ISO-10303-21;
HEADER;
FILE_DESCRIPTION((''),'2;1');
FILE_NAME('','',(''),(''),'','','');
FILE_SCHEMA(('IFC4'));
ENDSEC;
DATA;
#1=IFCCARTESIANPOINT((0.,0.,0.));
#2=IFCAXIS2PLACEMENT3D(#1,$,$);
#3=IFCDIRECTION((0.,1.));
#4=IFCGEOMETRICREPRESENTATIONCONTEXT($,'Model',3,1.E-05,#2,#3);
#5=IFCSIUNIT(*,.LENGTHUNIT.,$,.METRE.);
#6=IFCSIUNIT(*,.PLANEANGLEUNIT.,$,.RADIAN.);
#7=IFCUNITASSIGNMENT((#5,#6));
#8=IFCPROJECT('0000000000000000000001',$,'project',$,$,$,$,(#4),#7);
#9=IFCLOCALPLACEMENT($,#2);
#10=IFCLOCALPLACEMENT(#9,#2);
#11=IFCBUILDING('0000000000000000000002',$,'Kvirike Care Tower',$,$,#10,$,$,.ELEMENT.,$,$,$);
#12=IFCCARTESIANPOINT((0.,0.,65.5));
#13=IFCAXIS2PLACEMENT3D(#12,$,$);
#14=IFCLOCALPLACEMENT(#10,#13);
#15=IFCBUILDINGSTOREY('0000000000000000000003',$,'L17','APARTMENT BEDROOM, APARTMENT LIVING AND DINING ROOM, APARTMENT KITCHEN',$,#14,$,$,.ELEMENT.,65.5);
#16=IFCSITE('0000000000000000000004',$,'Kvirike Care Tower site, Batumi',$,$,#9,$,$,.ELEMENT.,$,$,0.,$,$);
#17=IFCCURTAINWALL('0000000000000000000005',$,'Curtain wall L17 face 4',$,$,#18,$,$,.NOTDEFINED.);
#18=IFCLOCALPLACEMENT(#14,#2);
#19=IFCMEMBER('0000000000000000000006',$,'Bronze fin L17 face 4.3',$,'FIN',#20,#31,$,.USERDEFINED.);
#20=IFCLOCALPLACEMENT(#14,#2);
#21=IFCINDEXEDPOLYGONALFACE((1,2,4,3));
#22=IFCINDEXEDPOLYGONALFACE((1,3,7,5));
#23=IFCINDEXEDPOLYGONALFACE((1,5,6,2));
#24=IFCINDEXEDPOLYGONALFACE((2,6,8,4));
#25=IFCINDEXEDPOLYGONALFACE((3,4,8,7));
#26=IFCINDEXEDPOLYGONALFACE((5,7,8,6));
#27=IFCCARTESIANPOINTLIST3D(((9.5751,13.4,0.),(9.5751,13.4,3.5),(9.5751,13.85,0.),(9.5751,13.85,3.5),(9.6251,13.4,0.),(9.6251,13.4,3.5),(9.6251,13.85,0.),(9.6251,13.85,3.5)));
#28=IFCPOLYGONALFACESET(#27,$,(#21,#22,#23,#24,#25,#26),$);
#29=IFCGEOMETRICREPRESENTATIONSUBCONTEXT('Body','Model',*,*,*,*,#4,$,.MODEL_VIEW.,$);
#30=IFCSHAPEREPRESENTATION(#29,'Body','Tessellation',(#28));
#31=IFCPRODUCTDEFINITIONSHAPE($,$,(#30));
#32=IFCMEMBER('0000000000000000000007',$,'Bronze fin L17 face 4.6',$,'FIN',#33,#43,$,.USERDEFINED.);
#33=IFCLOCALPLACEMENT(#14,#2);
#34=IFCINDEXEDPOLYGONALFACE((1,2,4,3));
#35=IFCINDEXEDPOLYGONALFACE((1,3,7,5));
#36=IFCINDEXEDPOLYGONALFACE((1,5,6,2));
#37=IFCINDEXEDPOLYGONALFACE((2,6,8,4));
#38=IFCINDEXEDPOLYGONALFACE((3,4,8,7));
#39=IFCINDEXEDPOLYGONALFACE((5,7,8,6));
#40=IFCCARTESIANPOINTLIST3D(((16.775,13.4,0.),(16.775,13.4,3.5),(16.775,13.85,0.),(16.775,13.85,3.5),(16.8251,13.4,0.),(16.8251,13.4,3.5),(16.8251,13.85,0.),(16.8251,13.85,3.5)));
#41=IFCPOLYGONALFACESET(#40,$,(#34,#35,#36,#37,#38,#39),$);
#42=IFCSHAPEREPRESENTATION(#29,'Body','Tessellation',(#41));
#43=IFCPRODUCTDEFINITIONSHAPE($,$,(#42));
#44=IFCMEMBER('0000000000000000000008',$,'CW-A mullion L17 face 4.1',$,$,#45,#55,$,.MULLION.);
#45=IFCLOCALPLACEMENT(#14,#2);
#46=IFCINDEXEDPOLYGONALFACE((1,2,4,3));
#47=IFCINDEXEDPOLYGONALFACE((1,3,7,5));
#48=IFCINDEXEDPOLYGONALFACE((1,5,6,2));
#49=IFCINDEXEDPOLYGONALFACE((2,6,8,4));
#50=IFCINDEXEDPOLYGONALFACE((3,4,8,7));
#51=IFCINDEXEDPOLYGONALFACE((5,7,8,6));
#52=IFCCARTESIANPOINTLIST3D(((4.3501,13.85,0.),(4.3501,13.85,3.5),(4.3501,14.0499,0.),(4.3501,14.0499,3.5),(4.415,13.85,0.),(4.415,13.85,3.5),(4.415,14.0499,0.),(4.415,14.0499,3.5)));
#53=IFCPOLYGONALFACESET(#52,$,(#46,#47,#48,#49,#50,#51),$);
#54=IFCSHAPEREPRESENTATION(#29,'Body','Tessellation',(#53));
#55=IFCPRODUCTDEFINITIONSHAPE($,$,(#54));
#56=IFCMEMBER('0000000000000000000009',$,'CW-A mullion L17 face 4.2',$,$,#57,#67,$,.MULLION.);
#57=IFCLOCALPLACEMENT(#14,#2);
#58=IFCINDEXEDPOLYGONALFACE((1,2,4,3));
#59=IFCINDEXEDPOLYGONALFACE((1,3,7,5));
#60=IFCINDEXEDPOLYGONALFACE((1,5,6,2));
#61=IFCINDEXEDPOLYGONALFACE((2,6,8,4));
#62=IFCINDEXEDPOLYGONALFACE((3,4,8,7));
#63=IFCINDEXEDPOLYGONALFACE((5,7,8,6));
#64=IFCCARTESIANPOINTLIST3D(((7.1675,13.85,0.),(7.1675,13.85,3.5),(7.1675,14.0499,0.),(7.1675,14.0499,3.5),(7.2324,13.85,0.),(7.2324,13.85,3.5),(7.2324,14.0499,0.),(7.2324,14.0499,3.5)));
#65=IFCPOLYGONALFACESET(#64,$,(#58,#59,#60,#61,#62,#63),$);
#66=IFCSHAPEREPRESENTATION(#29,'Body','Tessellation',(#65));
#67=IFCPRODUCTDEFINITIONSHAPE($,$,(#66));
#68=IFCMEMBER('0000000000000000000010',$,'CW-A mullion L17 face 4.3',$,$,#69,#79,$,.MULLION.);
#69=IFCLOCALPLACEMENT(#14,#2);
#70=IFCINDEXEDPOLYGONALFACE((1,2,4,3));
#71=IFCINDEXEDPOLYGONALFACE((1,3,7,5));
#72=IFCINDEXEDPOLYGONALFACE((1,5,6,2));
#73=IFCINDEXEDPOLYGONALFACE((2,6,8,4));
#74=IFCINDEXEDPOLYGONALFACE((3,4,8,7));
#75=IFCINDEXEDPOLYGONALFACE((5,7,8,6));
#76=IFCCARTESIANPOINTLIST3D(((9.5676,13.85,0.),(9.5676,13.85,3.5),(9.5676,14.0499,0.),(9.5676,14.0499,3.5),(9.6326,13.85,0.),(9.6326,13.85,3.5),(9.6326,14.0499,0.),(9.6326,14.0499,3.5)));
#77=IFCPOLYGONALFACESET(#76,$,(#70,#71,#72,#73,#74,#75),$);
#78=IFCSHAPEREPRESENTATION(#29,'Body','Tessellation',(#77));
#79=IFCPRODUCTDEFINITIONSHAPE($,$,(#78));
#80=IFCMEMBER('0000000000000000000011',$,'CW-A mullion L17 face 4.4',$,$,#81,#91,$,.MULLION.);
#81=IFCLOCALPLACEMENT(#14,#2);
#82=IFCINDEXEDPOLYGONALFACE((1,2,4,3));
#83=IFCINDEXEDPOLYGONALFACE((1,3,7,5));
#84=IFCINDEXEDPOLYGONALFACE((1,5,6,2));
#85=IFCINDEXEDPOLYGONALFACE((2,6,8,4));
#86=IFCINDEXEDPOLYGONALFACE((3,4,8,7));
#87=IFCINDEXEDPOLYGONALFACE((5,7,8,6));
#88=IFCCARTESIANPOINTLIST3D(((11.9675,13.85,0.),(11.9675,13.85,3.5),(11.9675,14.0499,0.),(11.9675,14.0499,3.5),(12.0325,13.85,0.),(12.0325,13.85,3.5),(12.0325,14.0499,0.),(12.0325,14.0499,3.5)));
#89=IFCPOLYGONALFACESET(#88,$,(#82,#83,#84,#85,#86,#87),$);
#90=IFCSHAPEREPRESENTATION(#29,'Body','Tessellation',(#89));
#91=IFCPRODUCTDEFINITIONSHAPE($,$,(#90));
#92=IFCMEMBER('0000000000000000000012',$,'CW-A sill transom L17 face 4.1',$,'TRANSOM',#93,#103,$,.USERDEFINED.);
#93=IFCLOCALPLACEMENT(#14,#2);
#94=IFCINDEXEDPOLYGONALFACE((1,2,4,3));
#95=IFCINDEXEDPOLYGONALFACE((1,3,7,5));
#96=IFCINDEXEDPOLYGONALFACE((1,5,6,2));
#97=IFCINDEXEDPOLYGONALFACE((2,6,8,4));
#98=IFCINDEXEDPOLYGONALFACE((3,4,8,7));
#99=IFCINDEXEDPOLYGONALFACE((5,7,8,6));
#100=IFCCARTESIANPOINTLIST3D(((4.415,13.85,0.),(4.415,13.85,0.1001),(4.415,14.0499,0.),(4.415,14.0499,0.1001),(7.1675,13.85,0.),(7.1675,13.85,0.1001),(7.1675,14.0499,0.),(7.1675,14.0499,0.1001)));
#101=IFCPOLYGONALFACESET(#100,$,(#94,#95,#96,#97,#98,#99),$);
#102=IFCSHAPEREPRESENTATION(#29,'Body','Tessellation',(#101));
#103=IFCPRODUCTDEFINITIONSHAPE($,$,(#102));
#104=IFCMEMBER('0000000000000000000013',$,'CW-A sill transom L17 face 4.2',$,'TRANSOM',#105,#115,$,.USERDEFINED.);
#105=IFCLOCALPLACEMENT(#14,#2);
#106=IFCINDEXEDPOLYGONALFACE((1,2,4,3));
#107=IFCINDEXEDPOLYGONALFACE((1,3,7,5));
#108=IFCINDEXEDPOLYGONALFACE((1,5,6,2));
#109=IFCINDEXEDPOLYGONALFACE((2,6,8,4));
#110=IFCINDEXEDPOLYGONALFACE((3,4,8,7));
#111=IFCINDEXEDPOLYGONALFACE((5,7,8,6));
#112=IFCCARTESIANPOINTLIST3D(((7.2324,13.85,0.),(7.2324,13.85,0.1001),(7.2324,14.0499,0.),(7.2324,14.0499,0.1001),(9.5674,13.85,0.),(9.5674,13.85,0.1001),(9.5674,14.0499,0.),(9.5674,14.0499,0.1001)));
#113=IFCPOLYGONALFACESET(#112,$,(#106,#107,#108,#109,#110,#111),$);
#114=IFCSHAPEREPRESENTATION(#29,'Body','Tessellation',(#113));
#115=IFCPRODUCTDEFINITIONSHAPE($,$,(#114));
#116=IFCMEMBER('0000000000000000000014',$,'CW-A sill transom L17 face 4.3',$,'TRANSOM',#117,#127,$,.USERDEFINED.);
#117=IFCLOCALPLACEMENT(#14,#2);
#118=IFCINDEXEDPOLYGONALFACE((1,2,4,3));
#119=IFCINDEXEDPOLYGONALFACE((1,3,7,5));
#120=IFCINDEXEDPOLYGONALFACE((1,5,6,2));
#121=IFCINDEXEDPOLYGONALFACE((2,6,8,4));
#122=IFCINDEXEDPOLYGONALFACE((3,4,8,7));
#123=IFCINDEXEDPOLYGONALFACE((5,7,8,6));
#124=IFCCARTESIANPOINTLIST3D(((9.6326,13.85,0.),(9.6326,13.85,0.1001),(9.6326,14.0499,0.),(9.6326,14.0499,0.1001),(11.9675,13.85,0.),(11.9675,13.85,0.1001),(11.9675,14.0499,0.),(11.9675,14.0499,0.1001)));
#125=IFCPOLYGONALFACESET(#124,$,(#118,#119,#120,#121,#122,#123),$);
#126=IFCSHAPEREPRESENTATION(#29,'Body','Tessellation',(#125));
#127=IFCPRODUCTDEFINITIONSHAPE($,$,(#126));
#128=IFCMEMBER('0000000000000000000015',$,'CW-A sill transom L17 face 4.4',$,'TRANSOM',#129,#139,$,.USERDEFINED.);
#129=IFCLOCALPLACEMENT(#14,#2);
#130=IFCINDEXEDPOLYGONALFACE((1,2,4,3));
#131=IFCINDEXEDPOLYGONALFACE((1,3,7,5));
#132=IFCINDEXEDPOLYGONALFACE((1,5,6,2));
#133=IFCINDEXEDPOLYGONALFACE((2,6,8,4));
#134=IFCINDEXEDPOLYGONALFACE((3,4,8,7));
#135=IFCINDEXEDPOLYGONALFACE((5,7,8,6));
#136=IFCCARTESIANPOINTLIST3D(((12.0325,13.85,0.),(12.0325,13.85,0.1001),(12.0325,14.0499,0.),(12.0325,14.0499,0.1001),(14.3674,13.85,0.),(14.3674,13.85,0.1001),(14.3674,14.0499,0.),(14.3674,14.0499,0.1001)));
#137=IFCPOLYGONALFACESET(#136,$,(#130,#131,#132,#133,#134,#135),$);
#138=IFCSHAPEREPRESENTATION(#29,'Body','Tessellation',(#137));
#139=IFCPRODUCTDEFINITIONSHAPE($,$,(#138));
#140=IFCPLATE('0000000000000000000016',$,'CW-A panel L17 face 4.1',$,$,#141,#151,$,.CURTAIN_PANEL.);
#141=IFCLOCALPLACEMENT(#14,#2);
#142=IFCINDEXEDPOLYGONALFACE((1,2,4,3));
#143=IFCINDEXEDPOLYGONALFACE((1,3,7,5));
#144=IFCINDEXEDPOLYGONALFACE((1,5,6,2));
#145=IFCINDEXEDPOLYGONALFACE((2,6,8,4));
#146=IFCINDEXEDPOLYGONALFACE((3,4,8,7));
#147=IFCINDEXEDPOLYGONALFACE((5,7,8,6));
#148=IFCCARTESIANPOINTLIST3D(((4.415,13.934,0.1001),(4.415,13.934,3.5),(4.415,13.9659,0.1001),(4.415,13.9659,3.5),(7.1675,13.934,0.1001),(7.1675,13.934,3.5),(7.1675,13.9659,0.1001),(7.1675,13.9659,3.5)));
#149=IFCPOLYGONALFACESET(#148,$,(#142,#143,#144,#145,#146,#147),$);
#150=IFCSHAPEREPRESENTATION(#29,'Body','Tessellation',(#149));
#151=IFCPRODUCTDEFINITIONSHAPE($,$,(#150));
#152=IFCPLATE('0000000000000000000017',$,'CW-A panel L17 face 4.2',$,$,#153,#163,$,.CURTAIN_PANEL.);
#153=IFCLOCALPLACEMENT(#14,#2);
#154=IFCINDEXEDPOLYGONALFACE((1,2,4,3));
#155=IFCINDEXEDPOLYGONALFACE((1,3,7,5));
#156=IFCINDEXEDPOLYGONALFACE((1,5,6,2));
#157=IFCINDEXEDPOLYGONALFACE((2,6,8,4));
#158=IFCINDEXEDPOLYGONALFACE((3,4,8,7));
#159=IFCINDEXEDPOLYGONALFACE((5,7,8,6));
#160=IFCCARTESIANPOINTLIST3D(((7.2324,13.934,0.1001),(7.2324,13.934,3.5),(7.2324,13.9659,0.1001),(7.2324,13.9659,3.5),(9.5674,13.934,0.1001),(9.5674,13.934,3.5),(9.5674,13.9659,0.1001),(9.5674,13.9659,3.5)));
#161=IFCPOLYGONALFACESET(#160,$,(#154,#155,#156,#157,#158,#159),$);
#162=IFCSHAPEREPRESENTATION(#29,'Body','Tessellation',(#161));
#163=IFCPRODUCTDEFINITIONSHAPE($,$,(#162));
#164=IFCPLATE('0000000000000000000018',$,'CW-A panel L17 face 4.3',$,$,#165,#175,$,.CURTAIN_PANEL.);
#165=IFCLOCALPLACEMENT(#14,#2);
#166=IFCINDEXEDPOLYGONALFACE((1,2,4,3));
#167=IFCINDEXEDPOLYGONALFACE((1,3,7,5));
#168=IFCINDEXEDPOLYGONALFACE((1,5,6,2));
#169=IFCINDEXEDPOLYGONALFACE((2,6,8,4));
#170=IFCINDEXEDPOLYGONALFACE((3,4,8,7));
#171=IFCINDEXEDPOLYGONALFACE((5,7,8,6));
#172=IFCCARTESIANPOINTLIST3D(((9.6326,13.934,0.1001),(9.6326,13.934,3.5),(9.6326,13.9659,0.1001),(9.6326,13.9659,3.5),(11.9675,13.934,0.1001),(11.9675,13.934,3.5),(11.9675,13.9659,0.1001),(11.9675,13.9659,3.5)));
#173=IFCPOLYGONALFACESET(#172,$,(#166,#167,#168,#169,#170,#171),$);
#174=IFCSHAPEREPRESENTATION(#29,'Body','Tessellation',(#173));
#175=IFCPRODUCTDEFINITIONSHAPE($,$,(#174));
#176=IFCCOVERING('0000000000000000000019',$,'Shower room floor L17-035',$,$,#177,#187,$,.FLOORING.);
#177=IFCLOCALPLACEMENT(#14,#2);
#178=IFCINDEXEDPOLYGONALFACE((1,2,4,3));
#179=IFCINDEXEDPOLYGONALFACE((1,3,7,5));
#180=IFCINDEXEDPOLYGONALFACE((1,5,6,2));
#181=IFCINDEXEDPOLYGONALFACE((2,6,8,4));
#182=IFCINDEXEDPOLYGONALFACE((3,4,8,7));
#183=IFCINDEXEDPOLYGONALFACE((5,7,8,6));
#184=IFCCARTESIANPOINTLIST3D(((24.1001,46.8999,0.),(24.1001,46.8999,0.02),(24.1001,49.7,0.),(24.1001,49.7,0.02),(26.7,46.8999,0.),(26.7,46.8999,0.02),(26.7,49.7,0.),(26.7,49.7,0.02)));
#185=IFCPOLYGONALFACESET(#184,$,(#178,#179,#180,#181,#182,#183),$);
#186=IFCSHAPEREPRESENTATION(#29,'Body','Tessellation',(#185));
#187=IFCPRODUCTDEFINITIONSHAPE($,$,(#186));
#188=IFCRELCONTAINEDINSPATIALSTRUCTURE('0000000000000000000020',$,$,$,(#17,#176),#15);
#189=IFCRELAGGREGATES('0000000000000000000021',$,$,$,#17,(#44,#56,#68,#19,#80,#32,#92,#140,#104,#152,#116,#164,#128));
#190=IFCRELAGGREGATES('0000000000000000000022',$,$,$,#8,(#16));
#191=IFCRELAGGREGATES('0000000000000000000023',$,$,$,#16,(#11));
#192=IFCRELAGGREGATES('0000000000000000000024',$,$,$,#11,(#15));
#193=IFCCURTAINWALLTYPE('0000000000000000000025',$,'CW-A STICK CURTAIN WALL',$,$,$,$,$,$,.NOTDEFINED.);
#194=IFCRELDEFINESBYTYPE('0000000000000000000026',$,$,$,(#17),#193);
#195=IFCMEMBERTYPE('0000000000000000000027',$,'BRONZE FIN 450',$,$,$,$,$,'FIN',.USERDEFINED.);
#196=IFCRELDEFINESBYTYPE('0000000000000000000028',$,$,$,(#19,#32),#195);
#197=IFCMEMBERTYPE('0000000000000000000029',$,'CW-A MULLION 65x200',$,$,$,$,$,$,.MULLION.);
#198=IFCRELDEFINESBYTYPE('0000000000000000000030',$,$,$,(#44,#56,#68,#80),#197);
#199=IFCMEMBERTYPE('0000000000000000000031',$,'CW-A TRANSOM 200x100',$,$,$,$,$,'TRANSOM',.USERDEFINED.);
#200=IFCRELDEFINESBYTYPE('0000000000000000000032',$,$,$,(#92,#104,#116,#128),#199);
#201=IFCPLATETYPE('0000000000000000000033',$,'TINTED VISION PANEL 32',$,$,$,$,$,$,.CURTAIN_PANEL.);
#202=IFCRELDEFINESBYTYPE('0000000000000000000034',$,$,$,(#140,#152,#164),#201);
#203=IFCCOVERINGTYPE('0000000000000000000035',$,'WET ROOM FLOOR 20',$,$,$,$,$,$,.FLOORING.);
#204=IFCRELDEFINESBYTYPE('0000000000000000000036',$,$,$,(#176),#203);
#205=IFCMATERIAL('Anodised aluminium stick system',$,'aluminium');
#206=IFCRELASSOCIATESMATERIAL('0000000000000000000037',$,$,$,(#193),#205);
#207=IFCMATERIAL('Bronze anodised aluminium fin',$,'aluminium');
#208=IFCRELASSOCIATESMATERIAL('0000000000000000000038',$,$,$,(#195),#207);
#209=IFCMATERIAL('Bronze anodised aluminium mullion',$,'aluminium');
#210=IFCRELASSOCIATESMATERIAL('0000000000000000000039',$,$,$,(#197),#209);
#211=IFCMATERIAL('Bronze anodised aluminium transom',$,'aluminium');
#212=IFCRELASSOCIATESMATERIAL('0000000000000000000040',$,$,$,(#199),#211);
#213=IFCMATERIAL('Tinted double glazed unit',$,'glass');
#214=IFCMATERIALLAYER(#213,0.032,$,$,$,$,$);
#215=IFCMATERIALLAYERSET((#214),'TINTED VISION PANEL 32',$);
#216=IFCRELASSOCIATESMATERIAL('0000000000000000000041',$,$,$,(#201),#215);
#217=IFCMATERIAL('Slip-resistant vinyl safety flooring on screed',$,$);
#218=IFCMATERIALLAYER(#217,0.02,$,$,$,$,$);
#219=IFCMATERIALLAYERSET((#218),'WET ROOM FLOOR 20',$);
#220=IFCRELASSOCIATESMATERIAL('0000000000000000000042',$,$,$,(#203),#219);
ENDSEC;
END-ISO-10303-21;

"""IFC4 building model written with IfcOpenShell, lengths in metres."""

from ifc_helpers import new_model, si_unit, direction, frame, origin, origin_2d, place, context, subcontext, project, spatial, polyline, rectangle, outline, extrude, material, layer, layer_set, material_profile, profile_set, type_object, element, aggregate, save


model = new_model("IFC4")

# Units and contexts
model_context = context("Model", 3, precision=1e-05, world=origin(), true_north=direction((0.0, 1.0)))
body_context = subcontext(model_context, "Body", "Model", "MODEL_VIEW")
ifc_project = project(units=[si_unit("LENGTHUNIT", "METRE"), si_unit("PLANEANGLEUNIT", "RADIAN")], contexts=[model_context])

# Site, building, storey
site_placement = place(None, origin())
site = spatial("IfcSite", under=ifc_project, at=site_placement, Name="Kvirike Care Tower site, Batumi", CompositionType="ELEMENT", RefElevation=0.0)
building_placement = place(site_placement, origin())
building = spatial("IfcBuilding", under=site, at=building_placement, Name="Kvirike Care Tower", CompositionType="ELEMENT")
storey_placement = place(building_placement, frame((0.0, 0.0, 65.5)))
storey = spatial("IfcBuildingStorey", under=building, at=storey_placement, Name="L17", Description="APARTMENT BEDROOM, APARTMENT LIVING AND DINING ROOM, APARTMENT KITCHEN", CompositionType="ELEMENT", Elevation=65.5)

# Curtain wall, members, plates
ifc_material_1 = material(Name="Anodised aluminium stick system", Category="aluminium")
curtain_wall_type = type_object("IfcCurtainWallType", Name="CW-A STICK CURTAIN WALL", PredefinedType="NOTDEFINED", material=ifc_material_1)
curtain_wall_placement = place(storey_placement, origin())
curtain_wall = element("IfcCurtainWall", 1, at=curtain_wall_placement, inside=storey, type_object=curtain_wall_type, Name="Curtain wall L17 face 4", PredefinedType="NOTDEFINED")
ifc_material_2 = material(Name="Bronze anodised aluminium fin", Category="aluminium")
ifc_material_profile_1 = material_profile(ifc_material_2, rectangle(XDim=0.05, YDim=0.45, at=origin_2d()), Name="BRONZE FIN 450")
ifc_profile_set_1 = profile_set([ifc_material_profile_1], Name="Bronze anodised aluminium fin")
member_type_1 = type_object("IfcMemberType", Name="BRONZE FIN 450", ElementType="FIN", PredefinedType="USERDEFINED", material=ifc_profile_set_1)
member_1_placement = place(storey_placement, frame((9.6001, 13.625, 0.0), z_axis=(0.0, 0.0, 1.0), x_axis=(1.0, 0.0, 0.0)))
member_1 = element("IfcMember", 2, at=member_1_placement, type_object=member_type_1, Name="Bronze fin L17 face 4.3", ObjectType="FIN", PredefinedType="USERDEFINED", context=body_context, shape_type="SweptSolid", body=[
    extrude(rectangle(XDim=0.05, YDim=0.45, at=origin_2d()), origin(), (0.0, 0.0, 1.0), 3.5),
])
member_2_placement = place(storey_placement, frame((16.8, 13.625, 0.0), z_axis=(0.0, 0.0, 1.0), x_axis=(1.0, 0.0, 0.0)))
member_2 = element("IfcMember", 3, at=member_2_placement, type_object=member_type_1, Name="Bronze fin L17 face 4.6", ObjectType="FIN", PredefinedType="USERDEFINED", context=body_context, shape_type="SweptSolid", body=[
    extrude(rectangle(XDim=0.05, YDim=0.45, at=origin_2d()), origin(), (0.0, 0.0, 1.0), 3.5),
])
ifc_material_3 = material(Name="Bronze anodised aluminium mullion", Category="aluminium")
ifc_material_profile_2 = material_profile(ifc_material_3, rectangle(XDim=0.0649, YDim=0.2, at=origin_2d()), Name="CW-A MULLION 65x200")
ifc_profile_set_2 = profile_set([ifc_material_profile_2], Name="Bronze anodised aluminium mullion")
member_type_2 = type_object("IfcMemberType", Name="CW-A MULLION 65x200", PredefinedType="MULLION", material=ifc_profile_set_2)
member_3_placement = place(storey_placement, frame((4.3826, 13.95, 0.0), z_axis=(0.0, 0.0, 1.0), x_axis=(1.0, 0.0, 0.0)))
member_3 = element("IfcMember", 4, at=member_3_placement, type_object=member_type_2, Name="CW-A mullion L17 face 4.1", PredefinedType="MULLION", context=body_context, shape_type="SweptSolid", body=[
    extrude(rectangle(XDim=0.0649, YDim=0.2, at=origin_2d()), origin(), (0.0, 0.0, 1.0), 3.5),
])
member_4_placement = place(storey_placement, frame((7.2, 13.95, 0.0), z_axis=(0.0, 0.0, 1.0), x_axis=(1.0, 0.0, 0.0)))
member_4 = element("IfcMember", 5, at=member_4_placement, type_object=member_type_2, Name="CW-A mullion L17 face 4.2", PredefinedType="MULLION", context=body_context, shape_type="SweptSolid", body=[
    extrude(rectangle(XDim=0.0649, YDim=0.2, at=origin_2d()), origin(), (0.0, 0.0, 1.0), 3.5),
])
member_5_placement = place(storey_placement, frame((9.6001, 13.95, 0.0), z_axis=(0.0, 0.0, 1.0), x_axis=(1.0, 0.0, 0.0)))
member_5 = element("IfcMember", 6, at=member_5_placement, type_object=member_type_2, Name="CW-A mullion L17 face 4.3", PredefinedType="MULLION", context=body_context, shape_type="SweptSolid", body=[
    extrude(rectangle(XDim=0.0649, YDim=0.2, at=origin_2d()), origin(), (0.0, 0.0, 1.0), 3.5),
])
member_6_placement = place(storey_placement, frame((12.0, 13.95, 0.0), z_axis=(0.0, 0.0, 1.0), x_axis=(1.0, 0.0, 0.0)))
member_6 = element("IfcMember", 7, at=member_6_placement, type_object=member_type_2, Name="CW-A mullion L17 face 4.4", PredefinedType="MULLION", context=body_context, shape_type="SweptSolid", body=[
    extrude(rectangle(XDim=0.0649, YDim=0.2, at=origin_2d()), origin(), (0.0, 0.0, 1.0), 3.5),
])
ifc_material_4 = material(Name="Bronze anodised aluminium transom", Category="aluminium")
ifc_material_profile_3 = material_profile(ifc_material_4, rectangle(XDim=0.2, YDim=0.1001, at=origin_2d()), Name="CW-A TRANSOM 200x100")
ifc_profile_set_3 = profile_set([ifc_material_profile_3], Name="Bronze anodised aluminium transom")
member_type_3 = type_object("IfcMemberType", Name="CW-A TRANSOM 200x100", ElementType="TRANSOM", PredefinedType="USERDEFINED", material=ifc_profile_set_3)
member_7_placement = place(storey_placement, frame((4.415, 13.95, 0.05), z_axis=(1.0, 0.0, 0.0), x_axis=(0.0, 1.0, 0.0)))
member_7 = element("IfcMember", 8, at=member_7_placement, type_object=member_type_3, Name="CW-A sill transom L17 face 4.1", ObjectType="TRANSOM", PredefinedType="USERDEFINED", context=body_context, shape_type="SweptSolid", body=[
    extrude(rectangle(XDim=0.2, YDim=0.1001, at=origin_2d()), origin(), (0.0, 0.0, 1.0), 2.7524),
])
member_8_placement = place(storey_placement, frame((7.2324, 13.95, 0.05), z_axis=(1.0, 0.0, 0.0), x_axis=(0.0, 1.0, 0.0)))
member_8 = element("IfcMember", 9, at=member_8_placement, type_object=member_type_3, Name="CW-A sill transom L17 face 4.2", ObjectType="TRANSOM", PredefinedType="USERDEFINED", context=body_context, shape_type="SweptSolid", body=[
    extrude(rectangle(XDim=0.2, YDim=0.1001, at=origin_2d()), origin(), (0.0, 0.0, 1.0), 2.335),
])
member_9_placement = place(storey_placement, frame((9.6326, 13.95, 0.05), z_axis=(1.0, 0.0, 0.0), x_axis=(0.0, 1.0, 0.0)))
member_9 = element("IfcMember", 10, at=member_9_placement, type_object=member_type_3, Name="CW-A sill transom L17 face 4.3", ObjectType="TRANSOM", PredefinedType="USERDEFINED", context=body_context, shape_type="SweptSolid", body=[
    extrude(rectangle(XDim=0.2, YDim=0.1001, at=origin_2d()), origin(), (0.0, 0.0, 1.0), 2.335),
])
member_10_placement = place(storey_placement, frame((12.0325, 13.95, 0.05), z_axis=(1.0, 0.0, 0.0), x_axis=(0.0, 1.0, 0.0)))
member_10 = element("IfcMember", 11, at=member_10_placement, type_object=member_type_3, Name="CW-A sill transom L17 face 4.4", ObjectType="TRANSOM", PredefinedType="USERDEFINED", context=body_context, shape_type="SweptSolid", body=[
    extrude(rectangle(XDim=0.2, YDim=0.1001, at=origin_2d()), origin(), (0.0, 0.0, 1.0), 2.335),
])
ifc_material_5 = material(Name="Tinted double glazed unit", Category="glass")
ifc_layer_1 = layer(ifc_material_5, 0.032)
ifc_layer_set_1 = layer_set([ifc_layer_1], Name="TINTED VISION PANEL 32")
plate_type = type_object("IfcPlateType", Name="TINTED VISION PANEL 32", PredefinedType="CURTAIN_PANEL", material=ifc_layer_set_1)
plate_1_placement = place(storey_placement, frame((5.7913, 13.95, 0.1001), z_axis=(0.0, 0.0, 1.0), x_axis=(1.0, 0.0, 0.0)))
plate_1 = element("IfcPlate", 12, at=plate_1_placement, type_object=plate_type, Name="CW-A panel L17 face 4.1", PredefinedType="CURTAIN_PANEL", context=body_context, shape_type="SweptSolid", body=[
    extrude(rectangle(XDim=2.7524, YDim=0.032, at=origin_2d()), origin(), (0.0, 0.0, 1.0), 3.3999),
])
plate_2_placement = place(storey_placement, frame((8.3999, 13.95, 0.1001), z_axis=(0.0, 0.0, 1.0), x_axis=(1.0, 0.0, 0.0)))
plate_2 = element("IfcPlate", 13, at=plate_2_placement, type_object=plate_type, Name="CW-A panel L17 face 4.2", PredefinedType="CURTAIN_PANEL", context=body_context, shape_type="SweptSolid", body=[
    extrude(rectangle(XDim=2.335, YDim=0.032, at=origin_2d()), origin(), (0.0, 0.0, 1.0), 3.3999),
])
plate_3_placement = place(storey_placement, frame((10.8, 13.95, 0.1001), z_axis=(0.0, 0.0, 1.0), x_axis=(1.0, 0.0, 0.0)))
plate_3 = element("IfcPlate", 14, at=plate_3_placement, type_object=plate_type, Name="CW-A panel L17 face 4.3", PredefinedType="CURTAIN_PANEL", context=body_context, shape_type="SweptSolid", body=[
    extrude(rectangle(XDim=2.335, YDim=0.032, at=origin_2d()), origin(), (0.0, 0.0, 1.0), 3.3999),
])
aggregate(curtain_wall, [member_3, member_4, member_5, member_1, member_6, member_2, member_7, plate_1, member_8, plate_2, member_9, plate_3, member_10])

# Covering
ifc_material_6 = material(Name="Slip-resistant vinyl safety flooring on screed")
ifc_layer_2 = layer(ifc_material_6, 0.02)
ifc_layer_set_2 = layer_set([ifc_layer_2], Name="WET ROOM FLOOR 20")
covering_type = type_object("IfcCoveringType", Name="WET ROOM FLOOR 20", PredefinedType="FLOORING", material=ifc_layer_set_2)
covering_1_placement = place(storey_placement, origin())
element("IfcCovering", 15, at=covering_1_placement, inside=storey, type_object=covering_type, Name="Shower room floor L17-035", PredefinedType="FLOORING", context=body_context, shape_type="SweptSolid", body=[
    extrude(outline(polyline([(26.7, 49.7), (26.7, 46.8999), (24.1001, 46.8999), (24.1001, 49.7), (26.7, 49.7)])), origin(), (0.0, 0.0, 1.0), 0.02),
])

save(model, "model.ifc")
